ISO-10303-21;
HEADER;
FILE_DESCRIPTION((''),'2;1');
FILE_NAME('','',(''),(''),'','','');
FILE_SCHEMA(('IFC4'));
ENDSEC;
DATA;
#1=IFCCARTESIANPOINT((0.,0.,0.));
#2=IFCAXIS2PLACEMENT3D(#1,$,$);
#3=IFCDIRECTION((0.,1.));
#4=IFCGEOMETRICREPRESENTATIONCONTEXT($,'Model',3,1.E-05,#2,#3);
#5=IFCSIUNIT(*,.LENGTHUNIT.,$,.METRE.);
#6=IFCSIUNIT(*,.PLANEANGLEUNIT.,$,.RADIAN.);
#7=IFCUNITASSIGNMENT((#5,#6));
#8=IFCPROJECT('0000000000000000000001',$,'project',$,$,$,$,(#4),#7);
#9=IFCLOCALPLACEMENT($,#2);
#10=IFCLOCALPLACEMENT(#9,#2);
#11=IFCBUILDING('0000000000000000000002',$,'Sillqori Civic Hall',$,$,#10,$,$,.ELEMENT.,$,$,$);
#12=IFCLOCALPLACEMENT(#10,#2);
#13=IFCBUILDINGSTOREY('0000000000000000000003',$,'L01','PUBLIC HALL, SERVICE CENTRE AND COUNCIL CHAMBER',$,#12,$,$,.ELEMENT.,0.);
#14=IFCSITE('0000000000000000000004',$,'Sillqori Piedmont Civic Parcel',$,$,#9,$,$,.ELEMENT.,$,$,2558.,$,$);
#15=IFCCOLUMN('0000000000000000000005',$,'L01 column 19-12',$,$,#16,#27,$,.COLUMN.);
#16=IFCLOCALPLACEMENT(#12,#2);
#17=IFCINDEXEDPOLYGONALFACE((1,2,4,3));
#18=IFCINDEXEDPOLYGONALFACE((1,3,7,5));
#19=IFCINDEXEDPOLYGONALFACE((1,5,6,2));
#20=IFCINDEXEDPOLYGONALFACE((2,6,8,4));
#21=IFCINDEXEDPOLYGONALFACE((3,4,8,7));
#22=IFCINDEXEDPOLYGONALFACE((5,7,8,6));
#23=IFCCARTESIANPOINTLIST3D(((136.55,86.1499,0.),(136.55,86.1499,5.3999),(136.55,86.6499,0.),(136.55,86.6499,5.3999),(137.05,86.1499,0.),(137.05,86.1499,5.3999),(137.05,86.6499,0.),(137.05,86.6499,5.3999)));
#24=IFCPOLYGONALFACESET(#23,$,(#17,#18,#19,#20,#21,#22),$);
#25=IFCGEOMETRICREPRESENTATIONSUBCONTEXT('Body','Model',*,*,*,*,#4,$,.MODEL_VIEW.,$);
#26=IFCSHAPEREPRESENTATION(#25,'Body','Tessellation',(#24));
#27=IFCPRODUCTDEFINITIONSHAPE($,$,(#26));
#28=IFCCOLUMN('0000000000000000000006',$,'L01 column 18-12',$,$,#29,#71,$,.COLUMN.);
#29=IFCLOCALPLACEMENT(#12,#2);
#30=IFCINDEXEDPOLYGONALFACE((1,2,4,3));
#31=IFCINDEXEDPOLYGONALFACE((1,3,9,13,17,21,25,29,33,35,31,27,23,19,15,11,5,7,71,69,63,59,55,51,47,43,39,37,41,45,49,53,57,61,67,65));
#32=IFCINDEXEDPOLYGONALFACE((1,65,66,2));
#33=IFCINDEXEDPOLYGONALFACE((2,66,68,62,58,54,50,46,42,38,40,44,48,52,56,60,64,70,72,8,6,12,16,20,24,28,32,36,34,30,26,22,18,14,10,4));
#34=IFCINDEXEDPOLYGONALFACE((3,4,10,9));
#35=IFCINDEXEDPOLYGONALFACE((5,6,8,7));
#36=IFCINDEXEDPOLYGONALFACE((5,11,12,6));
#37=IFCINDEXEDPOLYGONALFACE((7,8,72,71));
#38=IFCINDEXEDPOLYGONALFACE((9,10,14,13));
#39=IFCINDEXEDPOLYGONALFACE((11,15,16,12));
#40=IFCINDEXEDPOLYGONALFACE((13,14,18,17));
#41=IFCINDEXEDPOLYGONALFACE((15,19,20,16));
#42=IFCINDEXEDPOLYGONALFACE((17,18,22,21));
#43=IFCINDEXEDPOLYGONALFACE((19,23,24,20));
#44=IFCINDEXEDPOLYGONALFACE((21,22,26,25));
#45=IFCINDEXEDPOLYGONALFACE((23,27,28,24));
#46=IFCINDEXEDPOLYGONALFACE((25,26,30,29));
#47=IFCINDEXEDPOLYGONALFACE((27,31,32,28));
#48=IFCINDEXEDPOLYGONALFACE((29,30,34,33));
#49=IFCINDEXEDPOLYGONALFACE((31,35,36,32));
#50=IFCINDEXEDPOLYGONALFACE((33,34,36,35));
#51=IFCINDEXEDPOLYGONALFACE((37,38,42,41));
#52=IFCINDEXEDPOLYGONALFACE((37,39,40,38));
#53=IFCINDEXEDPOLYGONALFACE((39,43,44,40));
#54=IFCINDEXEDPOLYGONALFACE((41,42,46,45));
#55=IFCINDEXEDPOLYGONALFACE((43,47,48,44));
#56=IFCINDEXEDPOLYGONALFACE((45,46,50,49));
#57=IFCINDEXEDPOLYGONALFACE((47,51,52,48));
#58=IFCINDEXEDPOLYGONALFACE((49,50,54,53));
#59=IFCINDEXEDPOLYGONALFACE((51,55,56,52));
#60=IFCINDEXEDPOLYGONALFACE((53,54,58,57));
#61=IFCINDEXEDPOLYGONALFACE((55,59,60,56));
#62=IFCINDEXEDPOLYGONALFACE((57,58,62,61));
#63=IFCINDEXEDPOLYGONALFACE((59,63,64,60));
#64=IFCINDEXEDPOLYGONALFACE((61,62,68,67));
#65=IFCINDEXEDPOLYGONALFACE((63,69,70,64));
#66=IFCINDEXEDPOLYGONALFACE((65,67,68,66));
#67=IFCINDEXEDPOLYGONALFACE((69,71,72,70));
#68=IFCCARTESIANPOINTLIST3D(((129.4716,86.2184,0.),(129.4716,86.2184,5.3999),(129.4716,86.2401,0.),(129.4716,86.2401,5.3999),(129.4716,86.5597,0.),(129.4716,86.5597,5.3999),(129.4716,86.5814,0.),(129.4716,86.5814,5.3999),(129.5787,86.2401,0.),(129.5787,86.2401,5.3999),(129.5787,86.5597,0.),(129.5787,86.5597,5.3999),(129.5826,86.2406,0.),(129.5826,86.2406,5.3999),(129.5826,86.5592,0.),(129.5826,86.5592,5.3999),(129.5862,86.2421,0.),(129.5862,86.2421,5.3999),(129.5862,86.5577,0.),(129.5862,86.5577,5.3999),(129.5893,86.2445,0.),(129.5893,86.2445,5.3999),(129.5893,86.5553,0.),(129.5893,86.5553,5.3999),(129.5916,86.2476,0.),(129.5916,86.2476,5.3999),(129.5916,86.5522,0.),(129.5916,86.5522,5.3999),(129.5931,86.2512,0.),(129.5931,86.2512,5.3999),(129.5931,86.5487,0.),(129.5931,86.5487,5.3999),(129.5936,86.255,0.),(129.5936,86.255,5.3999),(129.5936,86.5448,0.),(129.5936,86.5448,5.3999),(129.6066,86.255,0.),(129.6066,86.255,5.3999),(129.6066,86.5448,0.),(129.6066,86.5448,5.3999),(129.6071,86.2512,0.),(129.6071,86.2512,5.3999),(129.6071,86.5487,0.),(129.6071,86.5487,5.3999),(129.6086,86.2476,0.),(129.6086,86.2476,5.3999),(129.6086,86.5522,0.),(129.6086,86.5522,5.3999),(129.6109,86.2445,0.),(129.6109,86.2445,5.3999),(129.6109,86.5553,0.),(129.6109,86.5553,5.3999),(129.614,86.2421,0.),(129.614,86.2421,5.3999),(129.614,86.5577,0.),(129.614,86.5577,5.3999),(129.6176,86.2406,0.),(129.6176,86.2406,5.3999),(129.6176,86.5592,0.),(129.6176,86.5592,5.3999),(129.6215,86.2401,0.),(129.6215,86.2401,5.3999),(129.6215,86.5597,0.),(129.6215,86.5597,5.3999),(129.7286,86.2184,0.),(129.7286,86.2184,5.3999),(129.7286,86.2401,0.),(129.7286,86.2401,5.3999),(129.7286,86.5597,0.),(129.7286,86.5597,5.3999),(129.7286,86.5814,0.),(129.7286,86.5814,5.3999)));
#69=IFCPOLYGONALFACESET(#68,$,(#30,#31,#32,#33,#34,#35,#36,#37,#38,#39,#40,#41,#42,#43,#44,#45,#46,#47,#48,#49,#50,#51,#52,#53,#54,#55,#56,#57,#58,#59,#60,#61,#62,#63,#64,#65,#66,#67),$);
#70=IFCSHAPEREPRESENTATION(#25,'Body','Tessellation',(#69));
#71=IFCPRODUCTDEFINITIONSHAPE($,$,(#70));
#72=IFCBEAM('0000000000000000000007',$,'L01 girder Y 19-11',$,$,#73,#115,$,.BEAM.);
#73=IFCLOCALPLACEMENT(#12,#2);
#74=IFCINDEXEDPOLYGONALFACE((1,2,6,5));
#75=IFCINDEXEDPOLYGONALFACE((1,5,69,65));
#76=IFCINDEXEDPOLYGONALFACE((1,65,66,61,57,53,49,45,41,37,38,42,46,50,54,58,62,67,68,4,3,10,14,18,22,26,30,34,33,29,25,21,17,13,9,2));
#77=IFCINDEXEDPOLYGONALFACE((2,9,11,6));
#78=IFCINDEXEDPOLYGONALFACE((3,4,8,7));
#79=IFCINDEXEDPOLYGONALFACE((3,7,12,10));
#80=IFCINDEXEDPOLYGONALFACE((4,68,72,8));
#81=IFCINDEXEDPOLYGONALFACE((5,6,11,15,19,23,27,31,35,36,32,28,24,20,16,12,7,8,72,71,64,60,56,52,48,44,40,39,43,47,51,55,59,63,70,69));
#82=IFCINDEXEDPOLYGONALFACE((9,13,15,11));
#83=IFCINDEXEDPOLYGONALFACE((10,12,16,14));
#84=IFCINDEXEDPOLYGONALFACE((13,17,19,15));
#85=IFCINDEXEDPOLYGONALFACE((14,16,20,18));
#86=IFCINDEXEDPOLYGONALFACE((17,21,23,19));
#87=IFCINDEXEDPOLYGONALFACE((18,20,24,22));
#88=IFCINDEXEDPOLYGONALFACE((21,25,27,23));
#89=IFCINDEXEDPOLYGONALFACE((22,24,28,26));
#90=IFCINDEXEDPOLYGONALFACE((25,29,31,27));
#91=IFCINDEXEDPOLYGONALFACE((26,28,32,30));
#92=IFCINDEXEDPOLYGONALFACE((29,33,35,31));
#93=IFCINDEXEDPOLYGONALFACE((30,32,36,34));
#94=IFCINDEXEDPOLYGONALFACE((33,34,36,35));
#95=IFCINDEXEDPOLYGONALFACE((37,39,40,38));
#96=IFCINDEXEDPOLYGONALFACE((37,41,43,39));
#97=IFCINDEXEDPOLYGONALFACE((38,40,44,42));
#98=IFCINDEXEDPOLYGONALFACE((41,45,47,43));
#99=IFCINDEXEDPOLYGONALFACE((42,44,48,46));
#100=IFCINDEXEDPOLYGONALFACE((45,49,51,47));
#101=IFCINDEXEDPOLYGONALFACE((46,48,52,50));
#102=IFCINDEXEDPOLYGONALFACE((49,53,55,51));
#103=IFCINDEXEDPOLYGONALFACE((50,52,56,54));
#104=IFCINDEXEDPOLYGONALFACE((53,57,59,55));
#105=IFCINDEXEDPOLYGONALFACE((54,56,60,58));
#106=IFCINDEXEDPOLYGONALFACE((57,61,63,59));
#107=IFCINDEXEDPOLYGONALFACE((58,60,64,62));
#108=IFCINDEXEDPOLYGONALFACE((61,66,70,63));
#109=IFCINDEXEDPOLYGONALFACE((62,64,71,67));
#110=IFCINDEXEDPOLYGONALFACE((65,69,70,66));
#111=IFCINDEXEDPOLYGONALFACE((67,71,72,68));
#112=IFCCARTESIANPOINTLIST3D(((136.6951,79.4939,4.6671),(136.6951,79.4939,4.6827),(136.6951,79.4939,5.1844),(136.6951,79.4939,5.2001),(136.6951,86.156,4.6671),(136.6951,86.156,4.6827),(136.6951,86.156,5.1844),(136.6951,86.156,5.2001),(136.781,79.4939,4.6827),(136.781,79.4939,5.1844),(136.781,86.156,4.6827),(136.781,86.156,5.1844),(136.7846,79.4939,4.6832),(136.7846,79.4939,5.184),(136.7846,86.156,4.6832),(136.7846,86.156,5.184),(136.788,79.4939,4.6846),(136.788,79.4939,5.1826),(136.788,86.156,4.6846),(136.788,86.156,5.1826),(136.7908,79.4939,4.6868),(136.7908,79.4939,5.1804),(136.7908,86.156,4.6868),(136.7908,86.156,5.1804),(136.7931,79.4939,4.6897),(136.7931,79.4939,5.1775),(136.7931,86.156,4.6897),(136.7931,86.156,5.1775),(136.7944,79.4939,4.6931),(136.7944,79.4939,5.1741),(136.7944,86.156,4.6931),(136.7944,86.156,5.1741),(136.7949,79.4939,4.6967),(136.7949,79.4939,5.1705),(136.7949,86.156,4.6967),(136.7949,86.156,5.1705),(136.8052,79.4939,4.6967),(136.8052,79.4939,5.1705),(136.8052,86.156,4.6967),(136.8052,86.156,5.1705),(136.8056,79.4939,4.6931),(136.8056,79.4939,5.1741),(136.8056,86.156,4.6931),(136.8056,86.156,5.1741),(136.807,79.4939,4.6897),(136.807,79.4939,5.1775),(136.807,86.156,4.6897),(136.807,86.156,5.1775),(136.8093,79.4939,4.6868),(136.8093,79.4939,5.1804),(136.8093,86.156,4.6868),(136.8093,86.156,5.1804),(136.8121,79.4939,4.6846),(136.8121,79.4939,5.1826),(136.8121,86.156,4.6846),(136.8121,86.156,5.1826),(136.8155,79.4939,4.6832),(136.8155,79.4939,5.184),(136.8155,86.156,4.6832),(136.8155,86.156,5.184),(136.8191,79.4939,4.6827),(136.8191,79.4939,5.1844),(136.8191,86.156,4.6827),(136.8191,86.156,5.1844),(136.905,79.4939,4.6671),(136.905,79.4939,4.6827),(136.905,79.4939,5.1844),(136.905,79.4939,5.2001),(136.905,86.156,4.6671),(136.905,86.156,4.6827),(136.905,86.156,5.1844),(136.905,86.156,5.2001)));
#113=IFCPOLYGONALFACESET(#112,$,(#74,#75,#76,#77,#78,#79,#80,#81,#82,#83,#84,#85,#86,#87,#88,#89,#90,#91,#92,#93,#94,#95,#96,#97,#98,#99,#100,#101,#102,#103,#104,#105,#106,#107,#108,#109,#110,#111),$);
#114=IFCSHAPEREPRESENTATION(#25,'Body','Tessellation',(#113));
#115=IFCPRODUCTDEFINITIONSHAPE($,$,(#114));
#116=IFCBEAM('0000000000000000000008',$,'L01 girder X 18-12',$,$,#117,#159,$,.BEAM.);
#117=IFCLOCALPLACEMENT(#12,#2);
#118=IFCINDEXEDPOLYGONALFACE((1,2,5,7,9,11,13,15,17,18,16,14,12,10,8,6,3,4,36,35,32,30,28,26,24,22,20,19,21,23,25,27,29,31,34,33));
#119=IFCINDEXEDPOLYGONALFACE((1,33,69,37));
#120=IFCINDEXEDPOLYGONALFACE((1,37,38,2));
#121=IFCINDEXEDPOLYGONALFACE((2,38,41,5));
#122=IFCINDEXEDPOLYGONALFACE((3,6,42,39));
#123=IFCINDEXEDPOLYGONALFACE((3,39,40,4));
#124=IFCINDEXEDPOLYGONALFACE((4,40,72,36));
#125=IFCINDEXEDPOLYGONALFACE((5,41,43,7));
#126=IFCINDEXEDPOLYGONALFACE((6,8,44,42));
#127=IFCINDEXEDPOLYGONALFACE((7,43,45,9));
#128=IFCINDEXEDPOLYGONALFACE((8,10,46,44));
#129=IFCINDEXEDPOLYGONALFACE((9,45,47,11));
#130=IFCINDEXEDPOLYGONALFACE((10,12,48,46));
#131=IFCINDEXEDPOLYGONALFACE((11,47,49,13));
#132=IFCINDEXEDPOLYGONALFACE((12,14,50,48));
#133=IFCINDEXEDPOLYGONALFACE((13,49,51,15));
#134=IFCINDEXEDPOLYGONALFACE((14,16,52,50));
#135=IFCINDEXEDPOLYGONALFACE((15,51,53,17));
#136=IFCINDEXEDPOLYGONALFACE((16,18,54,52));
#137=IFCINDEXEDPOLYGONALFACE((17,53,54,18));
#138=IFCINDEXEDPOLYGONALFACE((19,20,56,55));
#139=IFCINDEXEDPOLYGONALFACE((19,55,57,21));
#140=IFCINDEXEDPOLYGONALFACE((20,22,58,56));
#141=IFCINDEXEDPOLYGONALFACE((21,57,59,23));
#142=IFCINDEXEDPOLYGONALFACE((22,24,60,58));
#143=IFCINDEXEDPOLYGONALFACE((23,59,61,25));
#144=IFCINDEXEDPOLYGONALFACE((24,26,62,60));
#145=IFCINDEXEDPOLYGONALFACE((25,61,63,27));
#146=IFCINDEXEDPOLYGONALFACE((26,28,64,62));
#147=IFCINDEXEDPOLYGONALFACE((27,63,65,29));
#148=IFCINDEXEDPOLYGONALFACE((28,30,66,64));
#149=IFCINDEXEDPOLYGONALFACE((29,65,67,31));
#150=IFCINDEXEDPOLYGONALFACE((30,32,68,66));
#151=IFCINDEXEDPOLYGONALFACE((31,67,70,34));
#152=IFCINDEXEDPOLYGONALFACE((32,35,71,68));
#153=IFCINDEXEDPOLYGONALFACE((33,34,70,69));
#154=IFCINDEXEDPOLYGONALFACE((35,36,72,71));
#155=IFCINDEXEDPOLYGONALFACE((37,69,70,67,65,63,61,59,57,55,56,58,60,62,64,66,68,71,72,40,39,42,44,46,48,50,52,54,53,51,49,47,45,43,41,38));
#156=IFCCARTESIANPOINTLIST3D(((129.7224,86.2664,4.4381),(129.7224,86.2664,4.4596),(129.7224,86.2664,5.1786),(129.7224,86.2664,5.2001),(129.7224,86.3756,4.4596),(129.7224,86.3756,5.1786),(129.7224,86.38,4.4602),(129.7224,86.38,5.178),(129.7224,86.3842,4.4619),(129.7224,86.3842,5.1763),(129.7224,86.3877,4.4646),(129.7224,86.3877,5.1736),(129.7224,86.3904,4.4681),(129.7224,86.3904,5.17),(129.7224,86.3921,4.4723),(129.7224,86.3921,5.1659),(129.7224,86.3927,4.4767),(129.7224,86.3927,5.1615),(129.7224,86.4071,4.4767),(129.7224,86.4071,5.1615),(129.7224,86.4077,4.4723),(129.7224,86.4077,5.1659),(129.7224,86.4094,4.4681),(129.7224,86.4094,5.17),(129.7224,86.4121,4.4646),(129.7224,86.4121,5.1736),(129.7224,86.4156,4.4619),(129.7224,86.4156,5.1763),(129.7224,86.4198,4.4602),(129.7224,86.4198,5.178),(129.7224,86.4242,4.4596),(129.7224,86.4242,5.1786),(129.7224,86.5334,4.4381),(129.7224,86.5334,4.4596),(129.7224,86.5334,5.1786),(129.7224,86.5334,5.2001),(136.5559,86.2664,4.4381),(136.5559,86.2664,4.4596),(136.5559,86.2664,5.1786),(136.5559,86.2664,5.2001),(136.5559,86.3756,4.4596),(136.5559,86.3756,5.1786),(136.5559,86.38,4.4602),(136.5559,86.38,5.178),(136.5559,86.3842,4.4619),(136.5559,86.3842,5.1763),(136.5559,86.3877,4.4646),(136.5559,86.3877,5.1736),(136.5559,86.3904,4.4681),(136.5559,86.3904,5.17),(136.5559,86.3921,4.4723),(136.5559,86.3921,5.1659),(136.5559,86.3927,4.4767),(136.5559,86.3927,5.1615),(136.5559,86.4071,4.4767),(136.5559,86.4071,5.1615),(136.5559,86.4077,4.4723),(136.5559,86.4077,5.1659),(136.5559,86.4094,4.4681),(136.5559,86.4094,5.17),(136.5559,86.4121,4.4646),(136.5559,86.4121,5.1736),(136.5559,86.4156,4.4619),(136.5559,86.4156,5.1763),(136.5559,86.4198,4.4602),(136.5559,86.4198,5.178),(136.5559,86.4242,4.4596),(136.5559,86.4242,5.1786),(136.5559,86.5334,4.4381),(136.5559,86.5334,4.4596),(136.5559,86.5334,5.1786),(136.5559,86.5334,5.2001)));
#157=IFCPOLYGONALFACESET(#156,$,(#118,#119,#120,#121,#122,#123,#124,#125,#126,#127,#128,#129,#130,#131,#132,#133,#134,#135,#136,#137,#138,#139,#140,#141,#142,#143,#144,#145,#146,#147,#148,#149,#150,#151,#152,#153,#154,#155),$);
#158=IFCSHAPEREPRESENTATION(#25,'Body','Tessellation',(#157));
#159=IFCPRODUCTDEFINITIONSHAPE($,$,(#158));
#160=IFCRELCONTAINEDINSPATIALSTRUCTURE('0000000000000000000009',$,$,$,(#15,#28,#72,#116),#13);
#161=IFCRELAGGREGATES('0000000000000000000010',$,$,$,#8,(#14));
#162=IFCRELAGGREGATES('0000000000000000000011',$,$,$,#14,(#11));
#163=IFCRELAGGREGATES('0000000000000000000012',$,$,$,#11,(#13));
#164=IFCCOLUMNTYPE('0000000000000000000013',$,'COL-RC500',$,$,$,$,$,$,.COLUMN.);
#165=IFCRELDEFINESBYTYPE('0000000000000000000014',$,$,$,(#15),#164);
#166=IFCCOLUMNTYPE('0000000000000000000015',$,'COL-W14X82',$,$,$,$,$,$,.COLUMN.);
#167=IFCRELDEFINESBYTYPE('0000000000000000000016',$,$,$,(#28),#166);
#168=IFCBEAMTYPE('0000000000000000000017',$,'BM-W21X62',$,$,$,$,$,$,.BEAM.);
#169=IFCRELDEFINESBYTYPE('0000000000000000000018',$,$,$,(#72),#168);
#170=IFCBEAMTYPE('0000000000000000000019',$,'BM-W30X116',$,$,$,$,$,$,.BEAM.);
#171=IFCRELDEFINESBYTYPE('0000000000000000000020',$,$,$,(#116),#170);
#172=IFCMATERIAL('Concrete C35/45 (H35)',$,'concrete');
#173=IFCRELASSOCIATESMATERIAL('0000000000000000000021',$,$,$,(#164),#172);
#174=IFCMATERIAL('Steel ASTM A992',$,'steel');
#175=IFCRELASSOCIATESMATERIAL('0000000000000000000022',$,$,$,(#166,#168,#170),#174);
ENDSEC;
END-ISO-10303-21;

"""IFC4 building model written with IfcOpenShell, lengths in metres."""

from ifc_helpers import new_model, si_unit, direction, frame, origin, origin_2d, place, context, subcontext, project, spatial, rectangle, i_section, extrude, material, material_profile, profile_set, type_object, element, save


model = new_model("IFC4")

# Units and contexts
model_context = context("Model", 3, precision=1e-05, world=origin(), true_north=direction((0.0, 1.0)))
body_context = subcontext(model_context, "Body", "Model", "MODEL_VIEW")
ifc_project = project(units=[si_unit("LENGTHUNIT", "METRE"), si_unit("PLANEANGLEUNIT", "RADIAN")], contexts=[model_context])

# Site, building, storey
site_placement = place(None, origin())
site = spatial("IfcSite", under=ifc_project, at=site_placement, Name="Sillqori Piedmont Civic Parcel", CompositionType="ELEMENT", RefElevation=2558.0)
building_placement = place(site_placement, origin())
building = spatial("IfcBuilding", under=site, at=building_placement, Name="Sillqori Civic Hall", CompositionType="ELEMENT")
storey_placement = place(building_placement, origin())
storey = spatial("IfcBuildingStorey", under=building, at=storey_placement, Name="L01", Description="PUBLIC HALL, SERVICE CENTRE AND COUNCIL CHAMBER", CompositionType="ELEMENT", Elevation=0.0)

# Columns
ifc_material_1 = material(Name="Concrete C35/45 (H35)", Category="concrete")
ifc_material_profile_1 = material_profile(ifc_material_1, rectangle(XDim=0.5, YDim=0.5, at=origin_2d()), Name="RC 500x500")
ifc_profile_set_1 = profile_set([ifc_material_profile_1], Name="Concrete C35/45 (H35)")
column_type_1 = type_object("IfcColumnType", Name="COL-RC500", PredefinedType="COLUMN", material=ifc_profile_set_1)
column_1_placement = place(storey_placement, frame((136.8, 86.3999, 0.0), z_axis=(0.0, 0.0, 1.0), x_axis=(1.0, 0.0, 0.0)))
element("IfcColumn", 1, at=column_1_placement, inside=storey, type_object=column_type_1, Name="L01 column 19-12", PredefinedType="COLUMN", context=body_context, shape_type="SweptSolid", body=[
    extrude(rectangle(XDim=0.5, YDim=0.5, at=origin_2d()), origin(), (0.0, 0.0, 1.0), 5.3999),
])
ifc_material_2 = material(Name="Steel ASTM A992", Category="steel")
ifc_material_profile_2 = material_profile(ifc_material_2, i_section(OverallWidth=0.2571, OverallDepth=0.363, WebThickness=0.0129, FlangeThickness=0.0217, FilletRadius=0.0149, at=origin_2d()), Name="W14X82")
ifc_profile_set_2 = profile_set([ifc_material_profile_2], Name="Steel ASTM A992")
column_type_2 = type_object("IfcColumnType", Name="COL-W14X82", PredefinedType="COLUMN", material=ifc_profile_set_2)
column_2_placement = place(storey_placement, frame((129.6001, 86.3999, 0.0), z_axis=(0.0, 0.0, 1.0), x_axis=(1.0, 0.0, 0.0)))
element("IfcColumn", 2, at=column_2_placement, inside=storey, type_object=column_type_2, Name="L01 column 18-12", PredefinedType="COLUMN", context=body_context, shape_type="SweptSolid", body=[
    extrude(i_section(OverallWidth=0.2571, OverallDepth=0.363, WebThickness=0.0129, FlangeThickness=0.0217, FilletRadius=0.0149, at=origin_2d()), origin(), (0.0, 0.0, 1.0), 5.3999),
])

# Beams
ifc_material_profile_3 = material_profile(ifc_material_2, i_section(OverallWidth=0.21, OverallDepth=0.533, WebThickness=0.0103, FlangeThickness=0.0156, FilletRadius=0.0139, at=origin_2d()), Name="W21X62")
ifc_profile_set_3 = profile_set([ifc_material_profile_3], Name="Steel ASTM A992")
beam_type_1 = type_object("IfcBeamType", Name="BM-W21X62", PredefinedType="BEAM", material=ifc_profile_set_3)
beam_1_placement = place(storey_placement, frame((136.8, 79.4939, 4.9336), z_axis=(0.0, 1.0, 0.0), x_axis=(-1.0, 0.0, 0.0)))
element("IfcBeam", 3, at=beam_1_placement, inside=storey, type_object=beam_type_1, Name="L01 girder Y 19-11", PredefinedType="BEAM", context=body_context, shape_type="SweptSolid", body=[
    extrude(i_section(OverallWidth=0.21, OverallDepth=0.533, WebThickness=0.0103, FlangeThickness=0.0156, FilletRadius=0.0139, at=origin_2d()), origin(), (0.0, 0.0, 1.0), 6.6621),
])
ifc_material_profile_4 = material_profile(ifc_material_2, i_section(OverallWidth=0.2671, OverallDepth=0.762, WebThickness=0.0144, FlangeThickness=0.0215, FilletRadius=0.0171, at=origin_2d()), Name="W30X116")
ifc_profile_set_4 = profile_set([ifc_material_profile_4], Name="Steel ASTM A992")
beam_type_2 = type_object("IfcBeamType", Name="BM-W30X116", PredefinedType="BEAM", material=ifc_profile_set_4)
beam_2_placement = place(storey_placement, frame((129.7224, 86.3999, 4.8191), z_axis=(1.0, 0.0, 0.0), x_axis=(0.0, 1.0, 0.0)))
element("IfcBeam", 4, at=beam_2_placement, inside=storey, type_object=beam_type_2, Name="L01 girder X 18-12", PredefinedType="BEAM", context=body_context, shape_type="SweptSolid", body=[
    extrude(i_section(OverallWidth=0.2671, OverallDepth=0.762, WebThickness=0.0144, FlangeThickness=0.0215, FilletRadius=0.0171, at=origin_2d()), origin(), (0.0, 0.0, 1.0), 6.8335),
])

save(model, "model.ifc")
